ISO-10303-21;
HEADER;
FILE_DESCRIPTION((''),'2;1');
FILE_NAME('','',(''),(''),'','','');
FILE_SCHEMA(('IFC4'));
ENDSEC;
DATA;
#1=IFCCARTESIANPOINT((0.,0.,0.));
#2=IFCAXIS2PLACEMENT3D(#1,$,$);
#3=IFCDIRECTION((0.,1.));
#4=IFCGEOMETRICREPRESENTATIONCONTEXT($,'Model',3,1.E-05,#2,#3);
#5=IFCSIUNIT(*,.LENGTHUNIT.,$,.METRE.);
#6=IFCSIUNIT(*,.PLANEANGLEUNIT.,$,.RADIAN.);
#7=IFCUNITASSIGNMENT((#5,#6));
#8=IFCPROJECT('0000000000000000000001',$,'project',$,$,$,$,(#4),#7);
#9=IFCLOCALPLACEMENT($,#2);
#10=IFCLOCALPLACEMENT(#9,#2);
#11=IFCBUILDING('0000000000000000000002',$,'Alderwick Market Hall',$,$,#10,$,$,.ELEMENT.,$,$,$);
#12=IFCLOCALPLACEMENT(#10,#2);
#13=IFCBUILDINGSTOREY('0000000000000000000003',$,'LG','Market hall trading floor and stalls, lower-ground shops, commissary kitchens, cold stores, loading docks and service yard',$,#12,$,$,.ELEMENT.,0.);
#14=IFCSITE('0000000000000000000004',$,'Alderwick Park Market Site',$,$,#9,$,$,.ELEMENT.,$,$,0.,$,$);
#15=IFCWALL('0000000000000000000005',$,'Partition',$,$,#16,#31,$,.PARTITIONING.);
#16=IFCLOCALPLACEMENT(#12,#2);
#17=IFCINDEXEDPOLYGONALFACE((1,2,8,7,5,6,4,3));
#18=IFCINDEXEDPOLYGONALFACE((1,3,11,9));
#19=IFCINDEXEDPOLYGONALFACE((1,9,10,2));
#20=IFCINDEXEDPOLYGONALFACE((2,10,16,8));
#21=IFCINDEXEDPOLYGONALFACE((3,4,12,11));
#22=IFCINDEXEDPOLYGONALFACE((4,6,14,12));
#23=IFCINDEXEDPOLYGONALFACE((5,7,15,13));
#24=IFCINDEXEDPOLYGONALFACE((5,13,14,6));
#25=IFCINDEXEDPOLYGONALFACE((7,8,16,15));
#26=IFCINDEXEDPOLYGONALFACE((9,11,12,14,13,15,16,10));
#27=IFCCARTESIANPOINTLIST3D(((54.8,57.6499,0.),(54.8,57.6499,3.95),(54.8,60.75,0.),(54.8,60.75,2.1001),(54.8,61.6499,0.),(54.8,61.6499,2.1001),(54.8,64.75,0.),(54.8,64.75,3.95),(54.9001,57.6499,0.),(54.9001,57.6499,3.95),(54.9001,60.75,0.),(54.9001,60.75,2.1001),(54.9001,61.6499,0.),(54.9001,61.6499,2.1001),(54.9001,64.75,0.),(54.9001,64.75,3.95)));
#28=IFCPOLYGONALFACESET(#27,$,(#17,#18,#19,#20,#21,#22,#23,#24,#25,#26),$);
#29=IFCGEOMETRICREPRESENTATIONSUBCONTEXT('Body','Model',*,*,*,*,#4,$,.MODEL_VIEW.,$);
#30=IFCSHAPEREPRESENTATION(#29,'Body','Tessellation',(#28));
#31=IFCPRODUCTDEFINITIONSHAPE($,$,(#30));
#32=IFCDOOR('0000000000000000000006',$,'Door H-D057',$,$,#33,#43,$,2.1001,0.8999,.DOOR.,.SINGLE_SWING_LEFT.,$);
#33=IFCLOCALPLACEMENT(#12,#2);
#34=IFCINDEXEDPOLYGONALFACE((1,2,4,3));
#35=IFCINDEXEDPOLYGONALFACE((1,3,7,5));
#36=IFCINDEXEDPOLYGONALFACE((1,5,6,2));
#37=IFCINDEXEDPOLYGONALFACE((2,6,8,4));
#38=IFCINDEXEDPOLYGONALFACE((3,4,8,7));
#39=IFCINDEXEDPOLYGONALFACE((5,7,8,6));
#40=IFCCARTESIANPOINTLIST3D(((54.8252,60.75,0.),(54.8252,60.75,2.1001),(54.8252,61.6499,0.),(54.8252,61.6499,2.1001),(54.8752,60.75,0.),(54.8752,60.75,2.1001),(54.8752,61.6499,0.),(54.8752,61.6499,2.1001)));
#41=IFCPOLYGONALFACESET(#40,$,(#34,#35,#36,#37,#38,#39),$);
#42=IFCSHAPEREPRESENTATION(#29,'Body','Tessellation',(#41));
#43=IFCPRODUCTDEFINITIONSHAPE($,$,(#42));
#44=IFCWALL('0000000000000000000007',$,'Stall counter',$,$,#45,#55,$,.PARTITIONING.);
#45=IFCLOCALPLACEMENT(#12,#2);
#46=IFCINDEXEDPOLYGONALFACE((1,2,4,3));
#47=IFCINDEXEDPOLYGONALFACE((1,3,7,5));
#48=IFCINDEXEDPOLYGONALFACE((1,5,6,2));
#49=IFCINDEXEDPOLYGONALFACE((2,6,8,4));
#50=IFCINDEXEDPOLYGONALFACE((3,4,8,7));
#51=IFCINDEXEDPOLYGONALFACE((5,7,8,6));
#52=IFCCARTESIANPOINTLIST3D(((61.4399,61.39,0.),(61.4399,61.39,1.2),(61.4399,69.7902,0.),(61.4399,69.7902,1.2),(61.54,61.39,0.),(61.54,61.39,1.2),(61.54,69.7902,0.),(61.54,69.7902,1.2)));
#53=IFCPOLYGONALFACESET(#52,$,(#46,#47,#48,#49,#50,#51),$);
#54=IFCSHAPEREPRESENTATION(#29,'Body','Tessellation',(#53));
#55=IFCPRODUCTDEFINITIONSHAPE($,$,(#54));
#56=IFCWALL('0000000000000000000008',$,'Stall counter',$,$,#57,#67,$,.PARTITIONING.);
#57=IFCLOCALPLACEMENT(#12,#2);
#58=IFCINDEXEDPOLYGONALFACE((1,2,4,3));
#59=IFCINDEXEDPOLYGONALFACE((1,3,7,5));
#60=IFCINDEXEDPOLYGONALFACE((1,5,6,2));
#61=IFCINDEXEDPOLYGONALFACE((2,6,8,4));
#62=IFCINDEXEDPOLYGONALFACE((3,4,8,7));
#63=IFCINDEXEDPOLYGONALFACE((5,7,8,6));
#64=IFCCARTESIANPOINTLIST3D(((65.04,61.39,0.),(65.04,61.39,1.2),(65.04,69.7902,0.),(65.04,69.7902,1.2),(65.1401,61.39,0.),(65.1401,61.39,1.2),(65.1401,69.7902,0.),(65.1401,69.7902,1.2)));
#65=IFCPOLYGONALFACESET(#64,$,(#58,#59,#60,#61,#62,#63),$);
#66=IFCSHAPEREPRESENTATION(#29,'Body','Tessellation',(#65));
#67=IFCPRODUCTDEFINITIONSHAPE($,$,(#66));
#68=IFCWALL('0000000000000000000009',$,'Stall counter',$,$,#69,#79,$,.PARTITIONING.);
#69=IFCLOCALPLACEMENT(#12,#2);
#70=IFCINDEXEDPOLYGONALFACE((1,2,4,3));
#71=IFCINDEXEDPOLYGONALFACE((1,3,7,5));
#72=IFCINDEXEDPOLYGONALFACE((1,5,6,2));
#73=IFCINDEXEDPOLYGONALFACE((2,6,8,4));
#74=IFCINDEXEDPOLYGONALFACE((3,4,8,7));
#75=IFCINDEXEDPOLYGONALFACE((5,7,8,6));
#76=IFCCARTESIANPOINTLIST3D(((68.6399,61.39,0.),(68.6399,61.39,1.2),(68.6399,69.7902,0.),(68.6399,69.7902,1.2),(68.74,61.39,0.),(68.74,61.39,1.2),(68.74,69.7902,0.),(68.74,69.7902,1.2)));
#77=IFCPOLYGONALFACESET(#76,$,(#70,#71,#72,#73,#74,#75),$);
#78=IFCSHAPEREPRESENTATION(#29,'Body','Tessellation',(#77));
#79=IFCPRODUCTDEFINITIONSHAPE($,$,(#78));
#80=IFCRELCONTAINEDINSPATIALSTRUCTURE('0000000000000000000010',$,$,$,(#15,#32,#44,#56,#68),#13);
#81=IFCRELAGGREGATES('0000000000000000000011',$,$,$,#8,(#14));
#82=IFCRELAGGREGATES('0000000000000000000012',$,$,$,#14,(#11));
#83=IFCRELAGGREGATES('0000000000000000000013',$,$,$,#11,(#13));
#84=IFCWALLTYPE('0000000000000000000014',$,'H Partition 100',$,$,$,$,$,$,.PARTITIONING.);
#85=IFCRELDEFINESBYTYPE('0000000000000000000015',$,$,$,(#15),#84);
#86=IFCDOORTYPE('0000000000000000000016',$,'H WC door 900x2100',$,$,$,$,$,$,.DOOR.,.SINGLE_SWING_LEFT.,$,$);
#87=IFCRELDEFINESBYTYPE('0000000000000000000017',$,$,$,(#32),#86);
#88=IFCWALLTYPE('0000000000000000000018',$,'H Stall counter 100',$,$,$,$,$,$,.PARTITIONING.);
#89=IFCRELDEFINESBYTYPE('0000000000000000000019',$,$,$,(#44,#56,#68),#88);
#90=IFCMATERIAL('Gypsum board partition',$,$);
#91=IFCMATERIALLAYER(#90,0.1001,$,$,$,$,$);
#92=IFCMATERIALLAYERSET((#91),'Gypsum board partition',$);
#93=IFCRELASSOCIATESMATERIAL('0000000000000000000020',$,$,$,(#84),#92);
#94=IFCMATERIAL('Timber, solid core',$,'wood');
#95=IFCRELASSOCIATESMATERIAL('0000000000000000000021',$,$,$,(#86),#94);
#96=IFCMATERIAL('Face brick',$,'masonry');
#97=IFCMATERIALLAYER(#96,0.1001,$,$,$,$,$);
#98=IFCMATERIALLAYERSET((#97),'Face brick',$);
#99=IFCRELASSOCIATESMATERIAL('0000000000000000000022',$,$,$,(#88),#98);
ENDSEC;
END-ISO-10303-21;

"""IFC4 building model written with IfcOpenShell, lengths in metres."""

from ifc_helpers import new_model, si_unit, direction, frame, frame_2d, origin, place, context, subcontext, project, spatial, rectangle, extrude, material, layer, layer_set, type_object, element, fill, save


model = new_model("IFC4")

# Units and contexts
model_context = context("Model", 3, precision=1e-05, world=origin(), true_north=direction((0.0, 1.0)))
body_context = subcontext(model_context, "Body", "Model", "MODEL_VIEW")
ifc_project = project(units=[si_unit("LENGTHUNIT", "METRE"), si_unit("PLANEANGLEUNIT", "RADIAN")], contexts=[model_context])

# Site, building, storey
site_placement = place(None, origin())
site = spatial("IfcSite", under=ifc_project, at=site_placement, Name="Alderwick Park Market Site", CompositionType="ELEMENT", RefElevation=0.0)
building_placement = place(site_placement, origin())
building = spatial("IfcBuilding", under=site, at=building_placement, Name="Alderwick Market Hall", CompositionType="ELEMENT")
storey_placement = place(building_placement, origin())
storey = spatial("IfcBuildingStorey", under=building, at=storey_placement, Name="LG", Description="Market hall trading floor and stalls, lower-ground shops, commissary kitchens, cold stores, loading docks and service yard", CompositionType="ELEMENT", Elevation=0.0)

# Wall, opening, door
ifc_material_1 = material(Name="Gypsum board partition")
ifc_layer_1 = layer(ifc_material_1, 0.1001)
ifc_layer_set_1 = layer_set([ifc_layer_1], Name="Gypsum board partition")
wall_type_1 = type_object("IfcWallType", Name="H Partition 100", PredefinedType="PARTITIONING", material=ifc_layer_set_1)
wall_1_placement = place(storey_placement, frame((54.8501, 57.6499, 0.0), z_axis=(0.0, 0.0, 1.0), x_axis=(0.0, 1.0, 0.0)))
wall_1 = element("IfcWall", 1, at=wall_1_placement, inside=storey, type_object=wall_type_1, Name="Partition", PredefinedType="PARTITIONING", context=body_context, shape_type="SweptSolid", body=[
    extrude(rectangle(XDim=7.1001, YDim=0.1001, at=frame_2d((3.55, 0.0))), origin(), (0.0, 0.0, 1.0), 3.95),
])
opening_1_placement = place(wall_1_placement, frame((3.1001, 0.0, 0.0)))
opening_1 = element("IfcOpeningElement", 2, at=opening_1_placement, cuts=wall_1, PredefinedType="OPENING", context=body_context, shape_type="SweptSolid", body=[
    extrude(rectangle(XDim=0.8999, YDim=2.1001, at=frame_2d((0.45, 1.05))), frame((0.0, 0.0601, 0.0), z_axis=(0.0, -1.0, 0.0), x_axis=(1.0, 0.0, 0.0)), (0.0, 0.0, 1.0), 0.1201),
])
ifc_material_2 = material(Name="Timber, solid core", Category="wood")
door_type_1 = type_object("IfcDoorType", Name="H WC door 900x2100", OperationType="SINGLE_SWING_LEFT", PredefinedType="DOOR", material=ifc_material_2)
door_1_placement = place(opening_1_placement, origin())
door_1 = element("IfcDoor", 3, at=door_1_placement, inside=storey, type_object=door_type_1, Name="Door H-D057", OperationType="SINGLE_SWING_LEFT", OverallHeight=2.1001, OverallWidth=0.8999, PredefinedType="DOOR", context=body_context, shape_type="SweptSolid", body=[
    extrude(rectangle(XDim=0.8999, YDim=2.1001, at=frame_2d((0.45, 1.05))), frame((0.0, 0.0249, 0.0), z_axis=(0.0, -1.0, 0.0), x_axis=(1.0, 0.0, 0.0)), (0.0, 0.0, 1.0), 0.05),
])
fill(opening_1, door_1)

# Walls
ifc_material_3 = material(Name="Face brick", Category="masonry")
ifc_layer_2 = layer(ifc_material_3, 0.1001)
ifc_layer_set_2 = layer_set([ifc_layer_2], Name="Face brick")
wall_type_2 = type_object("IfcWallType", Name="H Stall counter 100", PredefinedType="PARTITIONING", material=ifc_layer_set_2)
for number, where, z_axis, x_axis, name in (
    (4, (61.49, 61.3899, 0.0), (0.0, 0.0, 1.0), (0.0, 1.0, 0.0), "Stall counter"),
    (5, (65.0901, 61.3899, 0.0), (0.0, 0.0, 1.0), (0.0, 1.0, 0.0), "Stall counter"),
    (6, (68.6899, 61.3899, 0.0), (0.0, 0.0, 1.0), (0.0, 1.0, 0.0), "Stall counter"),
):
    element("IfcWall", number, at=place(storey_placement, frame(where, z_axis=z_axis, x_axis=x_axis)), inside=storey, type_object=wall_type_2, Name=name, PredefinedType="PARTITIONING", context=body_context, shape_type="SweptSolid", body=[
        extrude(rectangle(XDim=8.4001, YDim=0.1001, at=frame_2d((4.2002, 0.0))), origin(), (0.0, 0.0, 1.0), 1.2),
    ])

save(model, "model.ifc")
